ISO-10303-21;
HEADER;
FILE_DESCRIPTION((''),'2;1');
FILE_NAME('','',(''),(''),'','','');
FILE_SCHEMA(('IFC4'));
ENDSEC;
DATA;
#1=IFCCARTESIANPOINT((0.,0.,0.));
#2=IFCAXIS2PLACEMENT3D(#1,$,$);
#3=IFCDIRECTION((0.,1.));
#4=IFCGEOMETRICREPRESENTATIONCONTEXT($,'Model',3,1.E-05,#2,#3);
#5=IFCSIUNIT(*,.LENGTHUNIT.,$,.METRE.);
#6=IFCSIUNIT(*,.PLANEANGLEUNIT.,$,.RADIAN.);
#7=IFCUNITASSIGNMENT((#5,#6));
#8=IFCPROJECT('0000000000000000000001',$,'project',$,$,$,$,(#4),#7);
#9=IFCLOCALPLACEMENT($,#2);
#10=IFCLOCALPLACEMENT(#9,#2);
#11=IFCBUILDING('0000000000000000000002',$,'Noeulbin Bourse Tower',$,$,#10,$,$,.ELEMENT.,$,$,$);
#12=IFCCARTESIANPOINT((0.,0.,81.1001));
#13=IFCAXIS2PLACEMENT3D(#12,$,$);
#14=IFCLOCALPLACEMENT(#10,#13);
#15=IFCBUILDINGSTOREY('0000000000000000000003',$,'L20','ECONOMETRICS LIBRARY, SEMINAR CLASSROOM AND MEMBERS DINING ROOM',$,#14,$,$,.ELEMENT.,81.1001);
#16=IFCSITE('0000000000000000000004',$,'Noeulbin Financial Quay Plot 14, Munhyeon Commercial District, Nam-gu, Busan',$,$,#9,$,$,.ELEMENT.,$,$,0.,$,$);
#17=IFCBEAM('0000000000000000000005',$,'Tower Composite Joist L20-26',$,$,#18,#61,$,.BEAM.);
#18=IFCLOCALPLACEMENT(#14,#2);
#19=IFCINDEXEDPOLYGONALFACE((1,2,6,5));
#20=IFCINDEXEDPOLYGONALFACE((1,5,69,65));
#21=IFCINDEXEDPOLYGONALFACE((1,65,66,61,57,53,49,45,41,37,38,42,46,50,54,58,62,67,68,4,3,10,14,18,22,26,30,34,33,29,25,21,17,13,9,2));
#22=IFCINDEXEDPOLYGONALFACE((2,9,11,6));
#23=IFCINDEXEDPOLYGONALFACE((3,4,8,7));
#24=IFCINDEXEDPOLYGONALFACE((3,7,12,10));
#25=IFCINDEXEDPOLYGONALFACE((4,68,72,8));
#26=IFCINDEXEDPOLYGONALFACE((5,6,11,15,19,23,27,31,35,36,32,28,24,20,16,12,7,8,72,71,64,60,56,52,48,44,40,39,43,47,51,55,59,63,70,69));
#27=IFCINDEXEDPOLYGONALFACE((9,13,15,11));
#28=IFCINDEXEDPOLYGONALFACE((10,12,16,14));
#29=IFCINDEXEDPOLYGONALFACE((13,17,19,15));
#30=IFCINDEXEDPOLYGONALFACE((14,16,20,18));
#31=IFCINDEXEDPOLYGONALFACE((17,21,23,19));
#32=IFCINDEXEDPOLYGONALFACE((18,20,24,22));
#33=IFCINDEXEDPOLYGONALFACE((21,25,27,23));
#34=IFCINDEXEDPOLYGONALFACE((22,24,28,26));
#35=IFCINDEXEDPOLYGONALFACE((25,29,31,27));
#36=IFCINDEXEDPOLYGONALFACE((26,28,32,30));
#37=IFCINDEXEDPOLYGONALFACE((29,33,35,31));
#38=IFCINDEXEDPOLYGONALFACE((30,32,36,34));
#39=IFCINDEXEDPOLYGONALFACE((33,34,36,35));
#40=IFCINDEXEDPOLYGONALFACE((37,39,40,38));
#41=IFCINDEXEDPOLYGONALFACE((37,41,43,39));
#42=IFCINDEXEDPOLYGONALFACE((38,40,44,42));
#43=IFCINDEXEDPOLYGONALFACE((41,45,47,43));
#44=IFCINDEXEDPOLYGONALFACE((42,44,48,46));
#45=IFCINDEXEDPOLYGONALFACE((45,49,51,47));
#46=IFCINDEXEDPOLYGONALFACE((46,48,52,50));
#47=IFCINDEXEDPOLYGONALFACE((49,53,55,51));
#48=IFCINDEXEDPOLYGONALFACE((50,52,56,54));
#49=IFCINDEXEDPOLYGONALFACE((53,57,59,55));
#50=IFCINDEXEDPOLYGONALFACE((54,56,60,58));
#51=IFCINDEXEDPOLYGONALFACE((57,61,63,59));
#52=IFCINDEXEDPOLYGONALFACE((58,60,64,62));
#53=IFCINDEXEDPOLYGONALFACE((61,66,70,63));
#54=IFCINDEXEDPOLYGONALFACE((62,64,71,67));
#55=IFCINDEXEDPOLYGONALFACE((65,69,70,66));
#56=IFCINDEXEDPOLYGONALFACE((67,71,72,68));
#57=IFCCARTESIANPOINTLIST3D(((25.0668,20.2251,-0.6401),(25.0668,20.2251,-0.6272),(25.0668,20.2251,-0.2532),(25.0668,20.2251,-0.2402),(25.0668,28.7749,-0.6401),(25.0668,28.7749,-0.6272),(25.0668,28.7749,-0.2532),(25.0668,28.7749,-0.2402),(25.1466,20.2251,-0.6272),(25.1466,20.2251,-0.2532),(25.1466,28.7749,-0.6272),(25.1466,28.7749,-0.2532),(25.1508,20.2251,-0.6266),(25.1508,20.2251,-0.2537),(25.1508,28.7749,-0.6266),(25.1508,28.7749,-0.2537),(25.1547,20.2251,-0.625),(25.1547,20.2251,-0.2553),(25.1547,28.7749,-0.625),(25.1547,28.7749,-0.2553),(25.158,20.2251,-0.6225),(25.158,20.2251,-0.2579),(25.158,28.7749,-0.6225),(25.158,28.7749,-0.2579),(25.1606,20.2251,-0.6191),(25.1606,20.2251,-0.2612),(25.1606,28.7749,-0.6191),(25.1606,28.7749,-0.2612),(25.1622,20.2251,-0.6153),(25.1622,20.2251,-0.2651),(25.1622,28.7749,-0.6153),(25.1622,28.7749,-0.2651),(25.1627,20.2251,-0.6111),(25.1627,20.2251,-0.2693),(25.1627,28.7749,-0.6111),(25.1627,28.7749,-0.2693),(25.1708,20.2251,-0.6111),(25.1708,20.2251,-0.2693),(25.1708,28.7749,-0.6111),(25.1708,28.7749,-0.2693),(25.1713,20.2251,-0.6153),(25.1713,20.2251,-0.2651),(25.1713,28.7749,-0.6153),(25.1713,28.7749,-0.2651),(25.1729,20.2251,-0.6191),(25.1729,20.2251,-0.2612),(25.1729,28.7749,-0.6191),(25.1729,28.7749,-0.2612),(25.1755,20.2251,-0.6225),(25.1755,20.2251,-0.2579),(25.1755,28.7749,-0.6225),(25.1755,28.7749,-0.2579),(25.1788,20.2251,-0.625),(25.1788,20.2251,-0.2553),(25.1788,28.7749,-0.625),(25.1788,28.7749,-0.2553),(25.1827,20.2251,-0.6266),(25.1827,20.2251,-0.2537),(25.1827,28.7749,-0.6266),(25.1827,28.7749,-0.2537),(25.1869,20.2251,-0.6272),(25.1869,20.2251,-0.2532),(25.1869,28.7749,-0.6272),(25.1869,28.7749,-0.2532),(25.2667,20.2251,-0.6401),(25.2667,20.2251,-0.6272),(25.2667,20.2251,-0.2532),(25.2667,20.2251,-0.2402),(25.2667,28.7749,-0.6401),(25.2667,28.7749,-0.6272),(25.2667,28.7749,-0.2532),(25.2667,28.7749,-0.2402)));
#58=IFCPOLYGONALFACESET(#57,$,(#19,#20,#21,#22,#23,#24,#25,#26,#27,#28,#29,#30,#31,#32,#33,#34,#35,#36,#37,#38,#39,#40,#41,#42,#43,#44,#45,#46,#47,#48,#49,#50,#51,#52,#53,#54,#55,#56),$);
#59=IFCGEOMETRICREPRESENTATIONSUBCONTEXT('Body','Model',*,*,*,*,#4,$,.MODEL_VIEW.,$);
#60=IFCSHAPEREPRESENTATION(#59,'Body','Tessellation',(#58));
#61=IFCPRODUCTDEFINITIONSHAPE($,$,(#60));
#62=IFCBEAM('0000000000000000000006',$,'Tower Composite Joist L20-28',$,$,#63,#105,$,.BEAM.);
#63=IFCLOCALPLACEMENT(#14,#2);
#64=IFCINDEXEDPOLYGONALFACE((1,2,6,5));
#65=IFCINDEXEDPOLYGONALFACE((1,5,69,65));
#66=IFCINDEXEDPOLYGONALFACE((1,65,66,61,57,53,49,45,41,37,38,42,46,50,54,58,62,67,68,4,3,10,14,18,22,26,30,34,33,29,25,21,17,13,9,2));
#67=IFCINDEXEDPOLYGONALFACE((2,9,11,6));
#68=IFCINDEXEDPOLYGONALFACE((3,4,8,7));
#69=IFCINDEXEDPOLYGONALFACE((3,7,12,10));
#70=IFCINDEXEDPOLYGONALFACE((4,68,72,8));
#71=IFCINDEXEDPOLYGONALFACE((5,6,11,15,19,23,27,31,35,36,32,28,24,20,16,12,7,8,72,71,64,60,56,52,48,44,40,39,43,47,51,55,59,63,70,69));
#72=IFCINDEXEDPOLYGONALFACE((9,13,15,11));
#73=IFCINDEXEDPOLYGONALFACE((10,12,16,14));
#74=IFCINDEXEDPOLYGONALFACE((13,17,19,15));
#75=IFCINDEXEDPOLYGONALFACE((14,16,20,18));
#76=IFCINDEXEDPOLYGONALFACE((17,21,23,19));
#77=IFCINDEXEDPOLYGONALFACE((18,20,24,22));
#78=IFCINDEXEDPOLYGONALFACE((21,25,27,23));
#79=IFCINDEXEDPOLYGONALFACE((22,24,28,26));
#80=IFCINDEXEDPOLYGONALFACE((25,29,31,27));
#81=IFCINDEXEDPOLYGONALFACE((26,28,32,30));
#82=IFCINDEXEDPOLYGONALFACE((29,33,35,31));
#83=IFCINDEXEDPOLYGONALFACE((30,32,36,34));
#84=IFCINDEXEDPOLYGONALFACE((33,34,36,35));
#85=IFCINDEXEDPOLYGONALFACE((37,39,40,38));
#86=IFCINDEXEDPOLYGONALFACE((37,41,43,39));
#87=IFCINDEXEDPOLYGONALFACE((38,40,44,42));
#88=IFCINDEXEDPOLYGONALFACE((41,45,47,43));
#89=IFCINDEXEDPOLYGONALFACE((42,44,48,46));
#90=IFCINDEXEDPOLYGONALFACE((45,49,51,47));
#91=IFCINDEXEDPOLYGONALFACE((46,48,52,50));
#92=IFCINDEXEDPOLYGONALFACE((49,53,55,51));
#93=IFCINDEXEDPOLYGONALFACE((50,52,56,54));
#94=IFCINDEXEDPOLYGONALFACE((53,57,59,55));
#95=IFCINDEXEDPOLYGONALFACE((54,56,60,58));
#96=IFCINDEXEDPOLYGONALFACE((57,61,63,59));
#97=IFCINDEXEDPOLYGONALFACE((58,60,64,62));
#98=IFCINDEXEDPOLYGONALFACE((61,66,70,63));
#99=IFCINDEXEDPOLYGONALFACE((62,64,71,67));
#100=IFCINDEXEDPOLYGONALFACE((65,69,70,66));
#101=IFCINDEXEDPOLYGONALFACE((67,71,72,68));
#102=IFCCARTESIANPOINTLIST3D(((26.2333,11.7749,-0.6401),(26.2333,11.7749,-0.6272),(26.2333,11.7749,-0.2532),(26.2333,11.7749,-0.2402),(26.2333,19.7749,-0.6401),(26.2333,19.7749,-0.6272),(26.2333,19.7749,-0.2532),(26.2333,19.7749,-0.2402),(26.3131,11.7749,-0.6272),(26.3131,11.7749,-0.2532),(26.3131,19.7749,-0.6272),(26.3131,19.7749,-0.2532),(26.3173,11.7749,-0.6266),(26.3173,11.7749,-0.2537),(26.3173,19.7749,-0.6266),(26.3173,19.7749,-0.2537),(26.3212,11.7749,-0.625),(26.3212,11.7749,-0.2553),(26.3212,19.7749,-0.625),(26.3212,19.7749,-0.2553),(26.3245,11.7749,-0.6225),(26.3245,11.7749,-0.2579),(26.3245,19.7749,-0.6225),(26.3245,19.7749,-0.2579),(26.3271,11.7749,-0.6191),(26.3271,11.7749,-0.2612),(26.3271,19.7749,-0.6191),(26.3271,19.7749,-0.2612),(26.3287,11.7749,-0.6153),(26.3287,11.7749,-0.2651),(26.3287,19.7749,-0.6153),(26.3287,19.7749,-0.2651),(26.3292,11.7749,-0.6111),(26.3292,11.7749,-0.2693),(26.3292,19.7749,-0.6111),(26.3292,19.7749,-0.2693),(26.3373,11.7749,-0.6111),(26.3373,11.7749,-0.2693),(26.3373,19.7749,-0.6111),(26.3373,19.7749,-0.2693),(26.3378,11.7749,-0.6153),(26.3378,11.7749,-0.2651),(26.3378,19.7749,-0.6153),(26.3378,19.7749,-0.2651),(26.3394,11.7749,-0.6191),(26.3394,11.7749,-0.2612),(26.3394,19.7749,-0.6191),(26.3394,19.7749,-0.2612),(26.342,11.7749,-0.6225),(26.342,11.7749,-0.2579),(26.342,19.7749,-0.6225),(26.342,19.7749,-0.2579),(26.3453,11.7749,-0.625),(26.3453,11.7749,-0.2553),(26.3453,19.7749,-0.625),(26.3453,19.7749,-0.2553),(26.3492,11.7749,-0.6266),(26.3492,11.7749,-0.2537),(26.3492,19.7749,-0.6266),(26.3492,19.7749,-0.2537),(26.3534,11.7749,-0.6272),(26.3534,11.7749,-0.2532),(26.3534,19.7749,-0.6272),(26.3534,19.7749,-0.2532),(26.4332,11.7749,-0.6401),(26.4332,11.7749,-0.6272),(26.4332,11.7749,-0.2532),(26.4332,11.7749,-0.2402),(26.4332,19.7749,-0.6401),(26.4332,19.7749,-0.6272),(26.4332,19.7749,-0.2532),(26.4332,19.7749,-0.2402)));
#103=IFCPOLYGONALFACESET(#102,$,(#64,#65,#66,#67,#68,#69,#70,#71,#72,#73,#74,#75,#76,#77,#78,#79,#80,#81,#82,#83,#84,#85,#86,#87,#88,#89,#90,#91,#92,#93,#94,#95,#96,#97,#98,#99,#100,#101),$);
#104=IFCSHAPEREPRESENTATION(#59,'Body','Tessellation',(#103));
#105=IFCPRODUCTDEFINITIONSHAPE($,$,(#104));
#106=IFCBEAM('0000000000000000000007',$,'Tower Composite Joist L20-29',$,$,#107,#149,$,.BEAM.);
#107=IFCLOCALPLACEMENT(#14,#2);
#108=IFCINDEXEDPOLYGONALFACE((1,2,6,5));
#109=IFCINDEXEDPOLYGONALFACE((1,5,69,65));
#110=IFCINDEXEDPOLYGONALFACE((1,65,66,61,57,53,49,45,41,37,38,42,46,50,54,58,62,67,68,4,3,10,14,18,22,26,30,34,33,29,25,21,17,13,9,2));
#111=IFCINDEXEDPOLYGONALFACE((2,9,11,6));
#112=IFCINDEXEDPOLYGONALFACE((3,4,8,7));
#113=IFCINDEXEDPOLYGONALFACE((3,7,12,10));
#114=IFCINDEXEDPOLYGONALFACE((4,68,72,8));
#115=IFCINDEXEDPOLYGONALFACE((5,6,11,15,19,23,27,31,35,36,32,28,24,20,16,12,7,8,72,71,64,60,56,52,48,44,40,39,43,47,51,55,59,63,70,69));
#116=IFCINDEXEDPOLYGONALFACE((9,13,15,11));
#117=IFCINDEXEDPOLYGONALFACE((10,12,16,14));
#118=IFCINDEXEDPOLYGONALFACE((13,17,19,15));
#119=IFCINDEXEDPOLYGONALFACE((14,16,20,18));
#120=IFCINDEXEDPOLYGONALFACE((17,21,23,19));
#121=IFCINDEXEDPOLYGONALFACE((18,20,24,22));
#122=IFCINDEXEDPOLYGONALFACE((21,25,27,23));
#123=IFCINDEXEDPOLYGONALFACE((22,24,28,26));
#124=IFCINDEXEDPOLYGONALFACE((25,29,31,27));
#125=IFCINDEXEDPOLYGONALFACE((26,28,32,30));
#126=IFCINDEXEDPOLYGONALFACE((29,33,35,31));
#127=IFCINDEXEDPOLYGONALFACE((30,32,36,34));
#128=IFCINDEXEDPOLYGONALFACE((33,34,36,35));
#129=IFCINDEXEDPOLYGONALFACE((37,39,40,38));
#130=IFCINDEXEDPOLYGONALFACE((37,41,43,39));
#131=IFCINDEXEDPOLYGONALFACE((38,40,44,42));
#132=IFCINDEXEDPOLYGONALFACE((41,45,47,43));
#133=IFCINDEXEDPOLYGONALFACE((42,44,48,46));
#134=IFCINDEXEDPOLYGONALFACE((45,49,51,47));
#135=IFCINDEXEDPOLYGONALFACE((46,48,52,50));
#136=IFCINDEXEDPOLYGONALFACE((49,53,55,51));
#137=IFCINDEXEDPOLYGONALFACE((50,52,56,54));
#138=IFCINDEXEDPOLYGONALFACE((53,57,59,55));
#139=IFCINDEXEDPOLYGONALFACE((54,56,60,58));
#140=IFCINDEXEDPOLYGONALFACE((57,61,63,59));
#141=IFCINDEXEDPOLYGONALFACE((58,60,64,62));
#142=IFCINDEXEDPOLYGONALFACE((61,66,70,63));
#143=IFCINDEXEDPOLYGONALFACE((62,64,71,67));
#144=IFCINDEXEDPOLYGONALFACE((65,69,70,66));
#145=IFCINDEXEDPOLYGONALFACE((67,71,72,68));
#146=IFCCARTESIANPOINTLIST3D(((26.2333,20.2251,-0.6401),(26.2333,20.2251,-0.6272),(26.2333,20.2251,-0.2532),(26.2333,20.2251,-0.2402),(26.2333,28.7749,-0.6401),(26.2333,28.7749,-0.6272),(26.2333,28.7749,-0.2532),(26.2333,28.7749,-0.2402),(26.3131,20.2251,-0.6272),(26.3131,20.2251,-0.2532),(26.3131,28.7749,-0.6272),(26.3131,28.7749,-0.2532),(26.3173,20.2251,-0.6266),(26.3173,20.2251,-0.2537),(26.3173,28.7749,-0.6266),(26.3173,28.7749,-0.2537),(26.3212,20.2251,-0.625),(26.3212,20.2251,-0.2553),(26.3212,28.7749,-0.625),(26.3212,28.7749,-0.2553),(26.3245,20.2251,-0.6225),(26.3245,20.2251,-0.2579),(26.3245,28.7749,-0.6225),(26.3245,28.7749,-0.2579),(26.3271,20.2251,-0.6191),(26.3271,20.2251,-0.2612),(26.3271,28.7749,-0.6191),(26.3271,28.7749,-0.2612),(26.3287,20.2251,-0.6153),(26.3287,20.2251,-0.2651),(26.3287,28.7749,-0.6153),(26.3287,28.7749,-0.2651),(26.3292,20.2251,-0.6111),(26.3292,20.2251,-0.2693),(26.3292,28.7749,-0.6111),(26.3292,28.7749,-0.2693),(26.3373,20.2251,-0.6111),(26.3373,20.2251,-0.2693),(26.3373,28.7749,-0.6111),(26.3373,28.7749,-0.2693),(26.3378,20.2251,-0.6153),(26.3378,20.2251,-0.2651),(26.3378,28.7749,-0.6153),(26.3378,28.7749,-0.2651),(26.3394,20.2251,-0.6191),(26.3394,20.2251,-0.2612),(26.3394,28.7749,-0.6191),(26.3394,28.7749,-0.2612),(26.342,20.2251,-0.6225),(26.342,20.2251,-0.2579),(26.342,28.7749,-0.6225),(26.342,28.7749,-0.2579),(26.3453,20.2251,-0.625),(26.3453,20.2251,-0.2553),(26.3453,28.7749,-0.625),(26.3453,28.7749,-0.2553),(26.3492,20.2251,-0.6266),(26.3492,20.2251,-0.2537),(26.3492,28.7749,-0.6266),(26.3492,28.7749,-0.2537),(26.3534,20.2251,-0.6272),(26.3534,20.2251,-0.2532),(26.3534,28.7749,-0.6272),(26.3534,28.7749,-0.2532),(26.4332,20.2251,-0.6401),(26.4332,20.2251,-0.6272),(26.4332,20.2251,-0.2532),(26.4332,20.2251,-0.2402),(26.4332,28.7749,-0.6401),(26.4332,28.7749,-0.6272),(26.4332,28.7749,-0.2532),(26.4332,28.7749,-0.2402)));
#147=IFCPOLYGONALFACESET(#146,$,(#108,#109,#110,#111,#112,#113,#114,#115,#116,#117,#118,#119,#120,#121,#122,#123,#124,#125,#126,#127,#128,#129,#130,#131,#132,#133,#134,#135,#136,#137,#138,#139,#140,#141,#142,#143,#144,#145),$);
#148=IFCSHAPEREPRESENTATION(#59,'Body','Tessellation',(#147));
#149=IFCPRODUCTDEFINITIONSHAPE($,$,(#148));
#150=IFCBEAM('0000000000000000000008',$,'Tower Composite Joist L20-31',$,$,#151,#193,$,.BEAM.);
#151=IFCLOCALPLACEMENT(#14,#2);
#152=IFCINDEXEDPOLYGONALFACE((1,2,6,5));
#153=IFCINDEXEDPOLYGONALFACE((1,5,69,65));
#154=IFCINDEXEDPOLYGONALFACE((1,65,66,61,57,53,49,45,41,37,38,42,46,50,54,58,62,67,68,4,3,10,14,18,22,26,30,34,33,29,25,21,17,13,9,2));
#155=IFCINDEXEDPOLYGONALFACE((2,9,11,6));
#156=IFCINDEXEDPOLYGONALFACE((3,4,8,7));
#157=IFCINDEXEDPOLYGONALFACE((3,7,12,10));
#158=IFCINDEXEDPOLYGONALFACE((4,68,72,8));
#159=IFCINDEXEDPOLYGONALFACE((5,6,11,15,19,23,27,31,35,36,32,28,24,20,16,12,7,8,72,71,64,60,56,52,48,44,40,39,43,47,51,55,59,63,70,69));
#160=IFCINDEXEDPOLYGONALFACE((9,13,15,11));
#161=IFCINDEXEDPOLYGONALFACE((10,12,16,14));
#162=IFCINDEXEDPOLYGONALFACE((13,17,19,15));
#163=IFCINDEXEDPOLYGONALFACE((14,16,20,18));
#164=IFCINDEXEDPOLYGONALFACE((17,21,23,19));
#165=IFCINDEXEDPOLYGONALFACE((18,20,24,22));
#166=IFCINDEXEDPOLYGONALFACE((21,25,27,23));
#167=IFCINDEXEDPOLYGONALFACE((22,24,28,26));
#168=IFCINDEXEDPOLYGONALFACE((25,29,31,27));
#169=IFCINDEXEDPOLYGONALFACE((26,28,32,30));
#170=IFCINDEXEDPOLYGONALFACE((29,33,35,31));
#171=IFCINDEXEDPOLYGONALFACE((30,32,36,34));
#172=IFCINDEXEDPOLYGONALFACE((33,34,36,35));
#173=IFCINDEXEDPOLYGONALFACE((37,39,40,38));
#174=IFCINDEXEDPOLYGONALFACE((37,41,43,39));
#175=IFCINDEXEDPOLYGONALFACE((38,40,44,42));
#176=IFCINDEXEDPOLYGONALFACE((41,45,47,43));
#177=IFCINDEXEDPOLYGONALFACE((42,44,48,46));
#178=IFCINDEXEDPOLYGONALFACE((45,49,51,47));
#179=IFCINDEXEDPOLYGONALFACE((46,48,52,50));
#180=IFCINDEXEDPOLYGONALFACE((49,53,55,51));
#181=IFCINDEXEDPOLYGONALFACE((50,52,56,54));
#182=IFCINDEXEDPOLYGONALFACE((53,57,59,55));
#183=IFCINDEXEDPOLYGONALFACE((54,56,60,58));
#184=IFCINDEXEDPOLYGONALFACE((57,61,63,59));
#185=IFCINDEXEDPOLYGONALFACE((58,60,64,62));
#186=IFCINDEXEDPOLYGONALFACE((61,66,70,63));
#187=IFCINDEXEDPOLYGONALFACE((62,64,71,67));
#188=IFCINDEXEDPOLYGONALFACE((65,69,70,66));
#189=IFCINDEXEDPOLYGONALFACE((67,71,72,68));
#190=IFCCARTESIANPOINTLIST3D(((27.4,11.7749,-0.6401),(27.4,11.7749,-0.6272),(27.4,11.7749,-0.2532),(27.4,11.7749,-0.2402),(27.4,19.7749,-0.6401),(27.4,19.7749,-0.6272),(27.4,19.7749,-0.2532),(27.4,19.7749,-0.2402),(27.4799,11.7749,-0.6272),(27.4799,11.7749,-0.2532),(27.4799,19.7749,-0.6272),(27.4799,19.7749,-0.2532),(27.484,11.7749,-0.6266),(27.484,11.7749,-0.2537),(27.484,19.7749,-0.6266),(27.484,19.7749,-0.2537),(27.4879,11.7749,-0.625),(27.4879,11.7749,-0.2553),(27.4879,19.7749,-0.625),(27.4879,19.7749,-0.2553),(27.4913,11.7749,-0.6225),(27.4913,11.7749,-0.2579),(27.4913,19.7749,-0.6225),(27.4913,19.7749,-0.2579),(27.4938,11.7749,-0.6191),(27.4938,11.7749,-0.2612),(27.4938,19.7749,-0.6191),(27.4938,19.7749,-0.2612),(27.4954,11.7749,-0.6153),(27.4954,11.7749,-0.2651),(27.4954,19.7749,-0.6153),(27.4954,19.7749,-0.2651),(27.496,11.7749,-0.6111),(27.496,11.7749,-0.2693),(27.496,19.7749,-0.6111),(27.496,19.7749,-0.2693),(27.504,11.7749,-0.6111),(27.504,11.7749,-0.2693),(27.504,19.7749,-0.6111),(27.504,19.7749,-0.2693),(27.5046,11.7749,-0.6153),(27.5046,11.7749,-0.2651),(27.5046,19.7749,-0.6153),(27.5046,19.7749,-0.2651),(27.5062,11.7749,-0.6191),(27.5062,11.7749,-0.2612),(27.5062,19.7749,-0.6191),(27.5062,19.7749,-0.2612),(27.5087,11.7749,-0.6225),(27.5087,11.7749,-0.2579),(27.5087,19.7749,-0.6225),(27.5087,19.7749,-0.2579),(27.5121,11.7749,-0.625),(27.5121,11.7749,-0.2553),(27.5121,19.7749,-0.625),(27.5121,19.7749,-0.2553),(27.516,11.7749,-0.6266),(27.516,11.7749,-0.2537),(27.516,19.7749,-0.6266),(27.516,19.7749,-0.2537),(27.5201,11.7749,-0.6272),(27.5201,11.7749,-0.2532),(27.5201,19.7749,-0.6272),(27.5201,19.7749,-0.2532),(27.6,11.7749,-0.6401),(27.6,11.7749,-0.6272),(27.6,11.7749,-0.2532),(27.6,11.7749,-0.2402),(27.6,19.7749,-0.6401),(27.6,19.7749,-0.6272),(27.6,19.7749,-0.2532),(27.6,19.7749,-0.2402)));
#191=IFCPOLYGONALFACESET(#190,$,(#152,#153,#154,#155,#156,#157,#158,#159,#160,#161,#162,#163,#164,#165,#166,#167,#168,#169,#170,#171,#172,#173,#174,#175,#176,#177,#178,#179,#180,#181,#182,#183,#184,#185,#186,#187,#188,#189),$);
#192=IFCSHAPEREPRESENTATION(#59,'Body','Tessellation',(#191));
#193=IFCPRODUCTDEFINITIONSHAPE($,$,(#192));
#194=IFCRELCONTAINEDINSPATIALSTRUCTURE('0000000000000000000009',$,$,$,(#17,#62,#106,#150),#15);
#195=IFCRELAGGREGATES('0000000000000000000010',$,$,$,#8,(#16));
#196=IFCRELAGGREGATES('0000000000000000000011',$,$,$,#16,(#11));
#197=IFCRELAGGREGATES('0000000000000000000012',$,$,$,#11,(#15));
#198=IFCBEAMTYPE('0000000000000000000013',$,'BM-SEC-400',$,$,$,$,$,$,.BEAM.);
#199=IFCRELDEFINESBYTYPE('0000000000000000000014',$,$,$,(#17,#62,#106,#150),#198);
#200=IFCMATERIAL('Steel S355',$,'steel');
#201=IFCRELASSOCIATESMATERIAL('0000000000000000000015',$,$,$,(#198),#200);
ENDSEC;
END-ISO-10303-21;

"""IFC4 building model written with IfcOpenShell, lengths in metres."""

from ifc_helpers import new_model, si_unit, direction, frame, origin, origin_2d, place, context, subcontext, project, spatial, i_section, extrude, material, material_profile, profile_set, type_object, element, save


model = new_model("IFC4")

# Units and contexts
model_context = context("Model", 3, precision=1e-05, world=origin(), true_north=direction((0.0, 1.0)))
body_context = subcontext(model_context, "Body", "Model", "MODEL_VIEW")
ifc_project = project(units=[si_unit("LENGTHUNIT", "METRE"), si_unit("PLANEANGLEUNIT", "RADIAN")], contexts=[model_context])

# Site, building, storey
site_placement = place(None, origin())
site = spatial("IfcSite", under=ifc_project, at=site_placement, Name="Noeulbin Financial Quay Plot 14, Munhyeon Commercial District, Nam-gu, Busan", CompositionType="ELEMENT", RefElevation=0.0)
building_placement = place(site_placement, origin())
building = spatial("IfcBuilding", under=site, at=building_placement, Name="Noeulbin Bourse Tower", CompositionType="ELEMENT")
storey_placement = place(building_placement, frame((0.0, 0.0, 81.1001)))
storey = spatial("IfcBuildingStorey", under=building, at=storey_placement, Name="L20", Description="ECONOMETRICS LIBRARY, SEMINAR CLASSROOM AND MEMBERS DINING ROOM", CompositionType="ELEMENT", Elevation=81.1001)

# Beams
ifc_material_1 = material(Name="Steel S355", Category="steel")
ifc_material_profile_1 = material_profile(ifc_material_1, i_section(OverallWidth=0.2, OverallDepth=0.3999, WebThickness=0.0081, FlangeThickness=0.0129, FilletRadius=0.0161, at=origin_2d()), Name="H-400x200x8x13", Category="LoadBearing")
ifc_profile_set_1 = profile_set([ifc_material_profile_1], Name="Steel S355")
beam_type_1 = type_object("IfcBeamType", Name="BM-SEC-400", PredefinedType="BEAM", material=ifc_profile_set_1)
beam_1_placement = place(storey_placement, frame((25.1667, 20.2251, -0.4402), z_axis=(0.0, 1.0, 0.0), x_axis=(-1.0, 0.0, 0.0)))
element("IfcBeam", 1, at=beam_1_placement, inside=storey, type_object=beam_type_1, Name="Tower Composite Joist L20-26", PredefinedType="BEAM", context=body_context, shape_type="SweptSolid", body=[
    extrude(i_section(OverallWidth=0.2, OverallDepth=0.3999, WebThickness=0.0081, FlangeThickness=0.0129, FilletRadius=0.0161, at=origin_2d()), origin(), (0.0, 0.0, 1.0), 8.5498),
])
beam_2_placement = place(storey_placement, frame((26.3333, 11.7749, -0.4402), z_axis=(0.0, 1.0, 0.0), x_axis=(-1.0, 0.0, 0.0)))
element("IfcBeam", 2, at=beam_2_placement, inside=storey, type_object=beam_type_1, Name="Tower Composite Joist L20-28", PredefinedType="BEAM", context=body_context, shape_type="SweptSolid", body=[
    extrude(i_section(OverallWidth=0.2, OverallDepth=0.3999, WebThickness=0.0081, FlangeThickness=0.0129, FilletRadius=0.0161, at=origin_2d()), origin(), (0.0, 0.0, 1.0), 8.0),
])
beam_3_placement = place(storey_placement, frame((26.3333, 20.2251, -0.4402), z_axis=(0.0, 1.0, 0.0), x_axis=(-1.0, 0.0, 0.0)))
element("IfcBeam", 3, at=beam_3_placement, inside=storey, type_object=beam_type_1, Name="Tower Composite Joist L20-29", PredefinedType="BEAM", context=body_context, shape_type="SweptSolid", body=[
    extrude(i_section(OverallWidth=0.2, OverallDepth=0.3999, WebThickness=0.0081, FlangeThickness=0.0129, FilletRadius=0.0161, at=origin_2d()), origin(), (0.0, 0.0, 1.0), 8.5498),
])
beam_4_placement = place(storey_placement, frame((27.5, 11.7749, -0.4402), z_axis=(0.0, 1.0, 0.0), x_axis=(-1.0, 0.0, 0.0)))
element("IfcBeam", 4, at=beam_4_placement, inside=storey, type_object=beam_type_1, Name="Tower Composite Joist L20-31", PredefinedType="BEAM", context=body_context, shape_type="SweptSolid", body=[
    extrude(i_section(OverallWidth=0.2, OverallDepth=0.3999, WebThickness=0.0081, FlangeThickness=0.0129, FilletRadius=0.0161, at=origin_2d()), origin(), (0.0, 0.0, 1.0), 8.0),
])

save(model, "model.ifc")
